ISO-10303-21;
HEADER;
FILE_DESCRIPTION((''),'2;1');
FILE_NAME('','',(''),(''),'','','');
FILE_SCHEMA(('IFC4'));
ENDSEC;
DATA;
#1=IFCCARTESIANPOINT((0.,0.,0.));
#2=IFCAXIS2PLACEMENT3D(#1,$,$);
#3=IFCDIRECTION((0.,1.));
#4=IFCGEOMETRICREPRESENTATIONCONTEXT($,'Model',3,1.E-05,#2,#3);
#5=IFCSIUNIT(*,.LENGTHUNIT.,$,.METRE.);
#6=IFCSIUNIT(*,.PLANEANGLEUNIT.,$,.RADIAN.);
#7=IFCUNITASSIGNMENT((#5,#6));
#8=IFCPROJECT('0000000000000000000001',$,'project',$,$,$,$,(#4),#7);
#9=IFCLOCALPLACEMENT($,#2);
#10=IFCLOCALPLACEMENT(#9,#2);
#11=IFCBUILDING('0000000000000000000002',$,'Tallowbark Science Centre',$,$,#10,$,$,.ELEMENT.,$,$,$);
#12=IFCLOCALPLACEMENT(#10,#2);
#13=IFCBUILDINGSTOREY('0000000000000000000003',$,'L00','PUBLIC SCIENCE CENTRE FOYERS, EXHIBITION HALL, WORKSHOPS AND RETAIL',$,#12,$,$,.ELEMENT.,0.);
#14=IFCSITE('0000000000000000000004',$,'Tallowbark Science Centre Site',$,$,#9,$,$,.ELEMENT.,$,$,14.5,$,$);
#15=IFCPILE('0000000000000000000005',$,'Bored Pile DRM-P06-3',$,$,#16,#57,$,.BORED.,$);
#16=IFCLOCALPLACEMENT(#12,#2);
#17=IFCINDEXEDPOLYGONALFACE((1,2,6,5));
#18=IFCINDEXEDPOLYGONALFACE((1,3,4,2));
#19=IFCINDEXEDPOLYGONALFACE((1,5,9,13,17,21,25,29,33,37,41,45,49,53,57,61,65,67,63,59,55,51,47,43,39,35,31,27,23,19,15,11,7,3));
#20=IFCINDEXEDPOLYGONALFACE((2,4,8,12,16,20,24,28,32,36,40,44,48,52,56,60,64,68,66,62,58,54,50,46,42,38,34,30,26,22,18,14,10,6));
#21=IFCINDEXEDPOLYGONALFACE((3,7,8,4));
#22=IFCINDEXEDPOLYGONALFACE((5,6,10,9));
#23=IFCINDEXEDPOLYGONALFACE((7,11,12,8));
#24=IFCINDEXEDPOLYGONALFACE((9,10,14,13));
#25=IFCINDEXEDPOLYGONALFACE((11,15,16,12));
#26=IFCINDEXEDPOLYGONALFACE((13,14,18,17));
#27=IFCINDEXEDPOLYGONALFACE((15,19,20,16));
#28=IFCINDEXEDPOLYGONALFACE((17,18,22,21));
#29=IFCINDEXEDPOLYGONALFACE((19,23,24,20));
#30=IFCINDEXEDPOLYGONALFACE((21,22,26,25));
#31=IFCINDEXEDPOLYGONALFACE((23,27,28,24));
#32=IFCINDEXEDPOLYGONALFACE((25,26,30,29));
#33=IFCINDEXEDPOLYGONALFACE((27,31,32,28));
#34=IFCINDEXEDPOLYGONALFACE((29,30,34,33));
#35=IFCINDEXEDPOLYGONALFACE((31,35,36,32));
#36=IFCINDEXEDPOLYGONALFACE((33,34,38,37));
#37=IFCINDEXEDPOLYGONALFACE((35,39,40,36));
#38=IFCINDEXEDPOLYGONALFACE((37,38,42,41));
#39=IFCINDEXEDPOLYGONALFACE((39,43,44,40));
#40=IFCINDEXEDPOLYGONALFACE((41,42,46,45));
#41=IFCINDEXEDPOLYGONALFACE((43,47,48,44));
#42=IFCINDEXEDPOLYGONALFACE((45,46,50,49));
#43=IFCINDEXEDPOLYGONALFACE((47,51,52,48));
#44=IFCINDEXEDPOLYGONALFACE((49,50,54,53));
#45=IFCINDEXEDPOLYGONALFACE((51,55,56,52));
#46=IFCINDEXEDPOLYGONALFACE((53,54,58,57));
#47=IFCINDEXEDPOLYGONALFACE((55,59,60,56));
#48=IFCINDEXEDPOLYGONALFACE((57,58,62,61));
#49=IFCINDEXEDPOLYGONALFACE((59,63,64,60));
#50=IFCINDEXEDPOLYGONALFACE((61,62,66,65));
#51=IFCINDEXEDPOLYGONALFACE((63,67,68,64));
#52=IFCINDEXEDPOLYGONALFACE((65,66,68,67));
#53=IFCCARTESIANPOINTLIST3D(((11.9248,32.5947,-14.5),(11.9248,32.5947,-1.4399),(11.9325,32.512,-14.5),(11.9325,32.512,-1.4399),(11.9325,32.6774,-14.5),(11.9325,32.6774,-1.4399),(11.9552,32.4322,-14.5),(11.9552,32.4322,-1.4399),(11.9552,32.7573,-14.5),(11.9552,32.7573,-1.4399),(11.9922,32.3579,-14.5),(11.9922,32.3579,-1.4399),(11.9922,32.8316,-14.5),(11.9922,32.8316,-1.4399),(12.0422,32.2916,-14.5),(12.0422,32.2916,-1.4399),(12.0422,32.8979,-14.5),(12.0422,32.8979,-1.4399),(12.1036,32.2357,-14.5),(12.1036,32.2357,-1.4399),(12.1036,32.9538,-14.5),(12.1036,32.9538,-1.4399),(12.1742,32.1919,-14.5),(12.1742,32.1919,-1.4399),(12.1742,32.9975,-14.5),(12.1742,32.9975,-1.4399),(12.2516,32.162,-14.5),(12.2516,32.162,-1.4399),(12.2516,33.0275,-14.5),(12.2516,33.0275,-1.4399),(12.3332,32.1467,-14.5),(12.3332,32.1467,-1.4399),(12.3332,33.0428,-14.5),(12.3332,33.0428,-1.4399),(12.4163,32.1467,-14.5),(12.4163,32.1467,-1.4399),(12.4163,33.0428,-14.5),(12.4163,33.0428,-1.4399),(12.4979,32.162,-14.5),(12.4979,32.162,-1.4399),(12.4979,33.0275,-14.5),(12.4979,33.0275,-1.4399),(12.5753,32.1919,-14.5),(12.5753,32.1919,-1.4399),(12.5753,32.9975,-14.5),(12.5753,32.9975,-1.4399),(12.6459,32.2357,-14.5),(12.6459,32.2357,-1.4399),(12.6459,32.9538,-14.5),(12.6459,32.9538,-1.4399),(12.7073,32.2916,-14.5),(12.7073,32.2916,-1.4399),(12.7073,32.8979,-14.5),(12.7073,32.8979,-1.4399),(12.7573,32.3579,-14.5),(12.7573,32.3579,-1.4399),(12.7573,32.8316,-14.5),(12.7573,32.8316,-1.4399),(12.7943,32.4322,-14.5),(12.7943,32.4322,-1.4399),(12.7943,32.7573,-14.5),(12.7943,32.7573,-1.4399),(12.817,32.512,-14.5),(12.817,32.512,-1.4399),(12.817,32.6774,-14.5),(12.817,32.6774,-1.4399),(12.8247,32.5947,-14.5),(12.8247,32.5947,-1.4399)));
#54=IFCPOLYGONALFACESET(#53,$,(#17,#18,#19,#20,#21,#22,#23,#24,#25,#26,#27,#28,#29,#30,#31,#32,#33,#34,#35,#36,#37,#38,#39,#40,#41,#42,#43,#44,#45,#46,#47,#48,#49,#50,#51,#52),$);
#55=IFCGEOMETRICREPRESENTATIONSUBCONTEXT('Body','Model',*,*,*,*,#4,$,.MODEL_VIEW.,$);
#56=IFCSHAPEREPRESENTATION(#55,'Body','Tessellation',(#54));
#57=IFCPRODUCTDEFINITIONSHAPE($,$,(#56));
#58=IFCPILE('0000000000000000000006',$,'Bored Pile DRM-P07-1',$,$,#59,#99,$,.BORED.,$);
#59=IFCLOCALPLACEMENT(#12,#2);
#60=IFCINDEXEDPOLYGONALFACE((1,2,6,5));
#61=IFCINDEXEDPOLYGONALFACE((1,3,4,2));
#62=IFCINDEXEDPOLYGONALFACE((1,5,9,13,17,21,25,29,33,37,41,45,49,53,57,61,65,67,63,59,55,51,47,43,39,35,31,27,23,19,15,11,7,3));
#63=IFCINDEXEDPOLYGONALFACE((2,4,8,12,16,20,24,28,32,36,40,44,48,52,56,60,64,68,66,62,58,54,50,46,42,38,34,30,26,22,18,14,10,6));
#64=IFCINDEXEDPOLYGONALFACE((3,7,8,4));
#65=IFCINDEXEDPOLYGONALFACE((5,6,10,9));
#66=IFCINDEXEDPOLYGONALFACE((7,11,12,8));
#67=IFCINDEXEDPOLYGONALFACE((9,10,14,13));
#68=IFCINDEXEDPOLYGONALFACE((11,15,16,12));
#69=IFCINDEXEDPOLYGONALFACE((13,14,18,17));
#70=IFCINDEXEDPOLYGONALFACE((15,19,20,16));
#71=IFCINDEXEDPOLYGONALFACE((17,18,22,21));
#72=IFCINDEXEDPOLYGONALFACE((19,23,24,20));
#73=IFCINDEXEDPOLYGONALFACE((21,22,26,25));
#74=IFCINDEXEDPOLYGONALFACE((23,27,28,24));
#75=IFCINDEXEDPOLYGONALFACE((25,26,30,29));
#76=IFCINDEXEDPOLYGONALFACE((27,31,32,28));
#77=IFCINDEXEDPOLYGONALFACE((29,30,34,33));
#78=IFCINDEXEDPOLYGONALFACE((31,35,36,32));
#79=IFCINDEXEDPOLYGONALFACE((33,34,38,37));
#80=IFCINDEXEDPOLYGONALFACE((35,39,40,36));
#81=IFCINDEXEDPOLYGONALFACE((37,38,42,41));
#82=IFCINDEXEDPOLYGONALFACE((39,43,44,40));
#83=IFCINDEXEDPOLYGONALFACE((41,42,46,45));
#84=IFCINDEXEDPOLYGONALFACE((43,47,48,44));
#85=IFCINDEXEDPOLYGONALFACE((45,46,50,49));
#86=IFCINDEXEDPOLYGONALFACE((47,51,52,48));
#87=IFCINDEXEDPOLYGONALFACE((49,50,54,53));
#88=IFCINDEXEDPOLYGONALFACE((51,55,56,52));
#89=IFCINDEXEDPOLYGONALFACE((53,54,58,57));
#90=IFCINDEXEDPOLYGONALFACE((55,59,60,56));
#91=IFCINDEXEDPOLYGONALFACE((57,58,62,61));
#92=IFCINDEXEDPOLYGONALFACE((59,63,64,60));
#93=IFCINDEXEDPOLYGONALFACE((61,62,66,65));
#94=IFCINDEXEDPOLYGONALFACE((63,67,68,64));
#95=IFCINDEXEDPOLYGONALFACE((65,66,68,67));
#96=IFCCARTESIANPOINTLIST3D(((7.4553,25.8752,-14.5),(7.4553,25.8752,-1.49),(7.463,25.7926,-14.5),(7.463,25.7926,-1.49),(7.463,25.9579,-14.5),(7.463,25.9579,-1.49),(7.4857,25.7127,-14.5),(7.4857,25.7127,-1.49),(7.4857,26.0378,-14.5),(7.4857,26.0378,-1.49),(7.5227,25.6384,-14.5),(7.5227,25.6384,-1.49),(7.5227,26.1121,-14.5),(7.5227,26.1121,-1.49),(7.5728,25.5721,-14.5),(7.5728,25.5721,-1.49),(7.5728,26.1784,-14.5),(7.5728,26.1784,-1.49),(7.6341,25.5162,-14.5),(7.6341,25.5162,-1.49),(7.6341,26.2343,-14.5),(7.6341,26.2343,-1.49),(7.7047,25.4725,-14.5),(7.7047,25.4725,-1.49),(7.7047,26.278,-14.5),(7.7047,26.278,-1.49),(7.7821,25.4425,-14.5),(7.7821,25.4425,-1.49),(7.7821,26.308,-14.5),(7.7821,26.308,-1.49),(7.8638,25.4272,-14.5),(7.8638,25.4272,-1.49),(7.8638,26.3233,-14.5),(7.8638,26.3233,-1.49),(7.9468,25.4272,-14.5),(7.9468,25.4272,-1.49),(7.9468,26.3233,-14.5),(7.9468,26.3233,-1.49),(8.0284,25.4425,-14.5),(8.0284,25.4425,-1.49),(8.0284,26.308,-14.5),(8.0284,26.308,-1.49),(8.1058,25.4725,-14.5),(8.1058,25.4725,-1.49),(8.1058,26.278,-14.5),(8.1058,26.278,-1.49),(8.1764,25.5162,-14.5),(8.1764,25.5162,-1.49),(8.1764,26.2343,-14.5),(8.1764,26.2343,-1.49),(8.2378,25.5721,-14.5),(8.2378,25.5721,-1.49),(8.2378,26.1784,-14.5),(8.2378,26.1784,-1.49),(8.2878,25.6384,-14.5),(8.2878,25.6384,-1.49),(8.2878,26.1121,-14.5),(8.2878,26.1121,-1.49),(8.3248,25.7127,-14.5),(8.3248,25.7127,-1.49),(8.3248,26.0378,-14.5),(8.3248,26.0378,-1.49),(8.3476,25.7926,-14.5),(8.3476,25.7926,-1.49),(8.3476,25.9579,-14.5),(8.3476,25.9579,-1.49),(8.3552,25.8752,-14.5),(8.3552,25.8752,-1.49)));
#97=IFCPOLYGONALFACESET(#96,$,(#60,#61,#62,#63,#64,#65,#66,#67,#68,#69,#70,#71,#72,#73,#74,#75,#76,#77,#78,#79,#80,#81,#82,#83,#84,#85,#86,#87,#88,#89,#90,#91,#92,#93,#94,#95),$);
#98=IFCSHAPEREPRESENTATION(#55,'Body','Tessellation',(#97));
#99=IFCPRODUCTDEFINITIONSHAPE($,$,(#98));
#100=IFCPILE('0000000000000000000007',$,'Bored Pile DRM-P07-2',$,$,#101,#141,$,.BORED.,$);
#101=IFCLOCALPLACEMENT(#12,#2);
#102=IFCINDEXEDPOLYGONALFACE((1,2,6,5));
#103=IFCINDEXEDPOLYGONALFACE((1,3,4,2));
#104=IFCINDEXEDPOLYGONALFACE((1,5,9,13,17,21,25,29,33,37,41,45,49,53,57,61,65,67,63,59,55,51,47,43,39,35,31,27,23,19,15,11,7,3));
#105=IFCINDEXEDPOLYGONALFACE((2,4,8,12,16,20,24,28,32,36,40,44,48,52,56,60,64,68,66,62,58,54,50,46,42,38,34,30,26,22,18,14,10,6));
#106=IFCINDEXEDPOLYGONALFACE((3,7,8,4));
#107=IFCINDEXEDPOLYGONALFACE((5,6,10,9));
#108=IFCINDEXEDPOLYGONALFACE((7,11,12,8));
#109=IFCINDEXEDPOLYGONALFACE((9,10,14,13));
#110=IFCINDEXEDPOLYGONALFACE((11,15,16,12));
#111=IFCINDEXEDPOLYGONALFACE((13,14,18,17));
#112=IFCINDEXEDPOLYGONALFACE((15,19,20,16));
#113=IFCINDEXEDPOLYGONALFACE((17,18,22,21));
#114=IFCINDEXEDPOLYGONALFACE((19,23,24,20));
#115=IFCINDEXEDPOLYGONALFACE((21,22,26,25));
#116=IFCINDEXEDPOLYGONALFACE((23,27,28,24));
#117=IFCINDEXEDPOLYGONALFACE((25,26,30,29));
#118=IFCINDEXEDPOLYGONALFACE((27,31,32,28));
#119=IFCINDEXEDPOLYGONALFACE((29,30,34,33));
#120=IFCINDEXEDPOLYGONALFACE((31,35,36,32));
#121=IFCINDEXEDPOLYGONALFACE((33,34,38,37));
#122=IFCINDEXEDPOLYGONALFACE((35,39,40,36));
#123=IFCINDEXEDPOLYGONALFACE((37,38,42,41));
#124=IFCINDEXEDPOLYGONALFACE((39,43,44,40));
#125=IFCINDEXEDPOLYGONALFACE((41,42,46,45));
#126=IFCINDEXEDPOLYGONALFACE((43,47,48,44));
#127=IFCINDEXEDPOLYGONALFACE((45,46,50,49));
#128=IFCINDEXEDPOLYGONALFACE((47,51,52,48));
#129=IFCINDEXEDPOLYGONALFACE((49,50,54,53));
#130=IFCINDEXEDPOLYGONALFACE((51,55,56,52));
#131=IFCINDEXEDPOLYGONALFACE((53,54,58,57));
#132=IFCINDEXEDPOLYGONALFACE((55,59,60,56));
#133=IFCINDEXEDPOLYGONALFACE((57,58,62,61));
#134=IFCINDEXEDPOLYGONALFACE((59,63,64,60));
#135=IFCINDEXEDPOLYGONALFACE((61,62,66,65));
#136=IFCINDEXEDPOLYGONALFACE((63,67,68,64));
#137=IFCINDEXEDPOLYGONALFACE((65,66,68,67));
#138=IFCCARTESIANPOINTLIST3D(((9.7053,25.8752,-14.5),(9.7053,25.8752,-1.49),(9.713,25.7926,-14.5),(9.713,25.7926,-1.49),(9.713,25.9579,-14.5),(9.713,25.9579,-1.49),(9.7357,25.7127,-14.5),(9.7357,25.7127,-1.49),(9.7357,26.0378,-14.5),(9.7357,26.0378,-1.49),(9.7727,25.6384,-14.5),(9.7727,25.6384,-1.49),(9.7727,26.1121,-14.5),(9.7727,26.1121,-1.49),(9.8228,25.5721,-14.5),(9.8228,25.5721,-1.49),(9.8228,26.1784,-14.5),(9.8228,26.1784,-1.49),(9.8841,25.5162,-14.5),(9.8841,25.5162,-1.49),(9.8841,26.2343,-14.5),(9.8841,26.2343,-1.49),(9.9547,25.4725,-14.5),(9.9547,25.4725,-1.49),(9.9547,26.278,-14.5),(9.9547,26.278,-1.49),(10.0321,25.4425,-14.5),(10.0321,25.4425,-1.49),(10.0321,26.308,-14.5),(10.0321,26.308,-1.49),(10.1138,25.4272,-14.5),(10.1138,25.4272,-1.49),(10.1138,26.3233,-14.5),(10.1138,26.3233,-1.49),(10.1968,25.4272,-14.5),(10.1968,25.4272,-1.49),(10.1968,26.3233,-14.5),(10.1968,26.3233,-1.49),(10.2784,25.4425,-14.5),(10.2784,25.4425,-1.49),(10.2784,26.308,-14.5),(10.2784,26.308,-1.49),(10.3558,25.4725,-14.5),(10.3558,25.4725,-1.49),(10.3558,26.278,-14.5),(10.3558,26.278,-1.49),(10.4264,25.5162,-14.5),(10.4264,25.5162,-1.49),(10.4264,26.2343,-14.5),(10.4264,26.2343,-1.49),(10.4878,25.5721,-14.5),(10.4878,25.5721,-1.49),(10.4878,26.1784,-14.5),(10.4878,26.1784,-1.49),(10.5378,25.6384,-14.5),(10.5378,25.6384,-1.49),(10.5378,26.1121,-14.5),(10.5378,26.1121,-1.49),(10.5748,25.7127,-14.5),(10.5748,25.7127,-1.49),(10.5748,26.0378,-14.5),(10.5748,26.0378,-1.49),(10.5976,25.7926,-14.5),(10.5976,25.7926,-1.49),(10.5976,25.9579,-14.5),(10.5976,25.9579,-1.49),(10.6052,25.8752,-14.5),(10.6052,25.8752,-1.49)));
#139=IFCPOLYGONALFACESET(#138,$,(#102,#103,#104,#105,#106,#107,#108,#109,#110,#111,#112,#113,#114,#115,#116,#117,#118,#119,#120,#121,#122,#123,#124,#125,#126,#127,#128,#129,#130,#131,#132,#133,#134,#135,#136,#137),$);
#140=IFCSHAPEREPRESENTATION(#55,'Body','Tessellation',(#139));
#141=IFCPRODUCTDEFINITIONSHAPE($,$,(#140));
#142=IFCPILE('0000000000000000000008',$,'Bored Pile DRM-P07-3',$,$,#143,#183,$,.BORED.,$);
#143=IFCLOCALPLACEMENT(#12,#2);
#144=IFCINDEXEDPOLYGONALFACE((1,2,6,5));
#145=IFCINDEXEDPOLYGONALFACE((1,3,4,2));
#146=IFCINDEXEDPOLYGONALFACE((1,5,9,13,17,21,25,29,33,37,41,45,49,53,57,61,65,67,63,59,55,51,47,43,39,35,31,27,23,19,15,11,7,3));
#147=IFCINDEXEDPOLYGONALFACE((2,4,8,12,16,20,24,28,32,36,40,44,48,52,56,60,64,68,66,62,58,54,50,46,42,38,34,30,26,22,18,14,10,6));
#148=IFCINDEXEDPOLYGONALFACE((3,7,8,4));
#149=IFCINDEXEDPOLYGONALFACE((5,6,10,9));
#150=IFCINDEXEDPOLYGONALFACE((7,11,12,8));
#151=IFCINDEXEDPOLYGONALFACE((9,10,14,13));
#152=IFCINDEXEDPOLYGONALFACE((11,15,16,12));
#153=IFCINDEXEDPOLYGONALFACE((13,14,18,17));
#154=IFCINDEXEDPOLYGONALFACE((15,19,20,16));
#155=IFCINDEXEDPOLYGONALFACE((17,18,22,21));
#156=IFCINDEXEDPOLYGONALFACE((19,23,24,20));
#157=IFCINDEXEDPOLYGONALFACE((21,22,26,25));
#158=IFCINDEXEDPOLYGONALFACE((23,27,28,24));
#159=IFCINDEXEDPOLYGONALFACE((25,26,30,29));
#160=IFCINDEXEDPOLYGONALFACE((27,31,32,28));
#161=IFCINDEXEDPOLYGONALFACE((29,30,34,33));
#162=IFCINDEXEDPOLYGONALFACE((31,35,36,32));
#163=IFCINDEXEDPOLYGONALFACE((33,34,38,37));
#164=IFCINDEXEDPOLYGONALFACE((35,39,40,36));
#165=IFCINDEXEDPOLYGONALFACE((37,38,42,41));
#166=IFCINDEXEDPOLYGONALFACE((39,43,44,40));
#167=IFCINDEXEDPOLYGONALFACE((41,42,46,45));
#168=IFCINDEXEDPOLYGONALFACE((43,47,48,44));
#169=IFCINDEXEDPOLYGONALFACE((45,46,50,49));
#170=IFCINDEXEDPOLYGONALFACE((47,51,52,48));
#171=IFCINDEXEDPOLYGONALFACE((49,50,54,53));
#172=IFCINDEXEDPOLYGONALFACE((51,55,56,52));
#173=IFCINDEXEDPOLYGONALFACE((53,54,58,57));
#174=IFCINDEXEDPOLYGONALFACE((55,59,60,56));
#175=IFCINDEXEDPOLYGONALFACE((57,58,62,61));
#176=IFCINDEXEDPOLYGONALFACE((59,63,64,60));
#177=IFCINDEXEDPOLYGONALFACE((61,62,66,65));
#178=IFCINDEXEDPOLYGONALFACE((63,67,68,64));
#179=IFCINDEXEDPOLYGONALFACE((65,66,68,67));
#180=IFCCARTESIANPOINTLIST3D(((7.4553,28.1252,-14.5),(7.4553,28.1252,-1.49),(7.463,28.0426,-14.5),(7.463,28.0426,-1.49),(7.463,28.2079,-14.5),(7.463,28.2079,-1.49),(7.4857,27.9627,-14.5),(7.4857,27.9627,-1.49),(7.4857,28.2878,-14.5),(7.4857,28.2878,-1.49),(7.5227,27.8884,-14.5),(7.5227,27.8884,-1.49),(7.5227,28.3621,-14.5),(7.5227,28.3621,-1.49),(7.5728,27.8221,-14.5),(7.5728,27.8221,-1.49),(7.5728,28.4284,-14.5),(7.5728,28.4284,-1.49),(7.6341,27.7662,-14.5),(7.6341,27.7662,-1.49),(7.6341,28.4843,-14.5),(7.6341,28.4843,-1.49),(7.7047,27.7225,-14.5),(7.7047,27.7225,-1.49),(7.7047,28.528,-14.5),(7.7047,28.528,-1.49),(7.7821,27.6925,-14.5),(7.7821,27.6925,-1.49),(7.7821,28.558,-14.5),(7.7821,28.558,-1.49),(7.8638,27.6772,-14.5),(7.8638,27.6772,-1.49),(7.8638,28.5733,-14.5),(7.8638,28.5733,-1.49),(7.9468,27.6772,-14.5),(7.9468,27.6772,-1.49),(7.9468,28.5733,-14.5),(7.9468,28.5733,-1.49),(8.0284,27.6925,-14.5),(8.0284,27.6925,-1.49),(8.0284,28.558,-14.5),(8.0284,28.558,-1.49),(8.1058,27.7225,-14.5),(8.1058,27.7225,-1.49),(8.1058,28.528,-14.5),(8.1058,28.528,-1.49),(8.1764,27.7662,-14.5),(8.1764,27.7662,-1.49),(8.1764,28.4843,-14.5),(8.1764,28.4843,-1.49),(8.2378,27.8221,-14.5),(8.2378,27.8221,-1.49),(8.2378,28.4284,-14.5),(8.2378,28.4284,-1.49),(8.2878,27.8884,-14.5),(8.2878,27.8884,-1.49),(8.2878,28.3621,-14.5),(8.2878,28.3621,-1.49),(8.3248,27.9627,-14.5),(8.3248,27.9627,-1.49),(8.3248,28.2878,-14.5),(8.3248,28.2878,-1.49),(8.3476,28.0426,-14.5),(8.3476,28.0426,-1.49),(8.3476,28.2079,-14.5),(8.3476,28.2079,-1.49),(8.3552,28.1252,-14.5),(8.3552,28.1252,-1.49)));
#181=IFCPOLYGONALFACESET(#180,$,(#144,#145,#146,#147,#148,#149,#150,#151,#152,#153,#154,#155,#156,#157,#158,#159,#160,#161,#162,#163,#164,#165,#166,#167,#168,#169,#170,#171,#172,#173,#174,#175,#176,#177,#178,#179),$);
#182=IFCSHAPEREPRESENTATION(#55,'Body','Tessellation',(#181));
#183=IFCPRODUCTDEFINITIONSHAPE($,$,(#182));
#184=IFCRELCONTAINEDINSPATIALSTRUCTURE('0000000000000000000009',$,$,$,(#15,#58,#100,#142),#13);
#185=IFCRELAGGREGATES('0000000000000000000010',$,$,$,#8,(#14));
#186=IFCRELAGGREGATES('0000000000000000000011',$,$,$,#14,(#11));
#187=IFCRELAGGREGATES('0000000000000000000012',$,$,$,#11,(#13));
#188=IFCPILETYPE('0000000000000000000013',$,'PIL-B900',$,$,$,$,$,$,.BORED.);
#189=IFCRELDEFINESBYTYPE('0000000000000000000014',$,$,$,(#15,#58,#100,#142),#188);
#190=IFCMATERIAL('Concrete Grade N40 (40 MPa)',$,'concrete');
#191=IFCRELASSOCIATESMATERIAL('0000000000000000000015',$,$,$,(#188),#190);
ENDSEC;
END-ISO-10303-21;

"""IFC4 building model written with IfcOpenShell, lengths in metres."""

from ifc_helpers import new_model, si_unit, direction, frame, origin, origin_2d, place, context, subcontext, project, spatial, circle, extrude, material, material_profile, profile_set, type_object, element, save


model = new_model("IFC4")

# Units and contexts
model_context = context("Model", 3, precision=1e-05, world=origin(), true_north=direction((0.0, 1.0)))
body_context = subcontext(model_context, "Body", "Model", "MODEL_VIEW")
ifc_project = project(units=[si_unit("LENGTHUNIT", "METRE"), si_unit("PLANEANGLEUNIT", "RADIAN")], contexts=[model_context])

# Site, building, storey
site_placement = place(None, origin())
site = spatial("IfcSite", under=ifc_project, at=site_placement, Name="Tallowbark Science Centre Site", CompositionType="ELEMENT", RefElevation=14.5)
building_placement = place(site_placement, origin())
building = spatial("IfcBuilding", under=site, at=building_placement, Name="Tallowbark Science Centre", CompositionType="ELEMENT")
storey_placement = place(building_placement, origin())
storey = spatial("IfcBuildingStorey", under=building, at=storey_placement, Name="L00", Description="PUBLIC SCIENCE CENTRE FOYERS, EXHIBITION HALL, WORKSHOPS AND RETAIL", CompositionType="ELEMENT", Elevation=0.0)

# Shared definitions
ifc_material_1 = material(Name="Concrete Grade N40 (40 MPa)", Category="concrete")

# Piles
ifc_material_profile_1 = material_profile(ifc_material_1, circle(Radius=0.45, at=origin_2d()), Name="PILE900")
ifc_profile_set_1 = profile_set([ifc_material_profile_1], Name="Concrete Grade N40 (40 MPa)")
pile_type_1 = type_object("IfcPileType", Name="PIL-B900", PredefinedType="BORED", material=ifc_profile_set_1)
for number, where, z_axis, x_axis, name in (
    (1, (12.3748, 32.5947, -1.4399), (0.0, 0.0, -1.0), (1.0, 0.0, 0.0), "Bored Pile DRM-P06-3"),
):
    element("IfcPile", number, at=place(storey_placement, frame(where, z_axis=z_axis, x_axis=x_axis)), inside=storey, type_object=pile_type_1, Name=name, PredefinedType="BORED", context=body_context, shape_type="SweptSolid", body=[
        extrude(circle(Radius=0.45, at=origin_2d()), origin(), (0.0, 0.0, 1.0), 13.0601),
    ])
for number, where, z_axis, x_axis, name in (
    (2, (7.9053, 25.8752, -1.49), (0.0, 0.0, -1.0), (1.0, 0.0, 0.0), "Bored Pile DRM-P07-1"),
    (3, (10.1553, 25.8752, -1.49), (0.0, 0.0, -1.0), (1.0, 0.0, 0.0), "Bored Pile DRM-P07-2"),
    (4, (7.9053, 28.1252, -1.49), (0.0, 0.0, -1.0), (1.0, 0.0, 0.0), "Bored Pile DRM-P07-3"),
):
    element("IfcPile", number, at=place(storey_placement, frame(where, z_axis=z_axis, x_axis=x_axis)), inside=storey, type_object=pile_type_1, Name=name, PredefinedType="BORED", context=body_context, shape_type="SweptSolid", body=[
        extrude(circle(Radius=0.45, at=origin_2d()), origin(), (0.0, 0.0, 1.0), 13.01),
    ])

save(model, "model.ifc")
